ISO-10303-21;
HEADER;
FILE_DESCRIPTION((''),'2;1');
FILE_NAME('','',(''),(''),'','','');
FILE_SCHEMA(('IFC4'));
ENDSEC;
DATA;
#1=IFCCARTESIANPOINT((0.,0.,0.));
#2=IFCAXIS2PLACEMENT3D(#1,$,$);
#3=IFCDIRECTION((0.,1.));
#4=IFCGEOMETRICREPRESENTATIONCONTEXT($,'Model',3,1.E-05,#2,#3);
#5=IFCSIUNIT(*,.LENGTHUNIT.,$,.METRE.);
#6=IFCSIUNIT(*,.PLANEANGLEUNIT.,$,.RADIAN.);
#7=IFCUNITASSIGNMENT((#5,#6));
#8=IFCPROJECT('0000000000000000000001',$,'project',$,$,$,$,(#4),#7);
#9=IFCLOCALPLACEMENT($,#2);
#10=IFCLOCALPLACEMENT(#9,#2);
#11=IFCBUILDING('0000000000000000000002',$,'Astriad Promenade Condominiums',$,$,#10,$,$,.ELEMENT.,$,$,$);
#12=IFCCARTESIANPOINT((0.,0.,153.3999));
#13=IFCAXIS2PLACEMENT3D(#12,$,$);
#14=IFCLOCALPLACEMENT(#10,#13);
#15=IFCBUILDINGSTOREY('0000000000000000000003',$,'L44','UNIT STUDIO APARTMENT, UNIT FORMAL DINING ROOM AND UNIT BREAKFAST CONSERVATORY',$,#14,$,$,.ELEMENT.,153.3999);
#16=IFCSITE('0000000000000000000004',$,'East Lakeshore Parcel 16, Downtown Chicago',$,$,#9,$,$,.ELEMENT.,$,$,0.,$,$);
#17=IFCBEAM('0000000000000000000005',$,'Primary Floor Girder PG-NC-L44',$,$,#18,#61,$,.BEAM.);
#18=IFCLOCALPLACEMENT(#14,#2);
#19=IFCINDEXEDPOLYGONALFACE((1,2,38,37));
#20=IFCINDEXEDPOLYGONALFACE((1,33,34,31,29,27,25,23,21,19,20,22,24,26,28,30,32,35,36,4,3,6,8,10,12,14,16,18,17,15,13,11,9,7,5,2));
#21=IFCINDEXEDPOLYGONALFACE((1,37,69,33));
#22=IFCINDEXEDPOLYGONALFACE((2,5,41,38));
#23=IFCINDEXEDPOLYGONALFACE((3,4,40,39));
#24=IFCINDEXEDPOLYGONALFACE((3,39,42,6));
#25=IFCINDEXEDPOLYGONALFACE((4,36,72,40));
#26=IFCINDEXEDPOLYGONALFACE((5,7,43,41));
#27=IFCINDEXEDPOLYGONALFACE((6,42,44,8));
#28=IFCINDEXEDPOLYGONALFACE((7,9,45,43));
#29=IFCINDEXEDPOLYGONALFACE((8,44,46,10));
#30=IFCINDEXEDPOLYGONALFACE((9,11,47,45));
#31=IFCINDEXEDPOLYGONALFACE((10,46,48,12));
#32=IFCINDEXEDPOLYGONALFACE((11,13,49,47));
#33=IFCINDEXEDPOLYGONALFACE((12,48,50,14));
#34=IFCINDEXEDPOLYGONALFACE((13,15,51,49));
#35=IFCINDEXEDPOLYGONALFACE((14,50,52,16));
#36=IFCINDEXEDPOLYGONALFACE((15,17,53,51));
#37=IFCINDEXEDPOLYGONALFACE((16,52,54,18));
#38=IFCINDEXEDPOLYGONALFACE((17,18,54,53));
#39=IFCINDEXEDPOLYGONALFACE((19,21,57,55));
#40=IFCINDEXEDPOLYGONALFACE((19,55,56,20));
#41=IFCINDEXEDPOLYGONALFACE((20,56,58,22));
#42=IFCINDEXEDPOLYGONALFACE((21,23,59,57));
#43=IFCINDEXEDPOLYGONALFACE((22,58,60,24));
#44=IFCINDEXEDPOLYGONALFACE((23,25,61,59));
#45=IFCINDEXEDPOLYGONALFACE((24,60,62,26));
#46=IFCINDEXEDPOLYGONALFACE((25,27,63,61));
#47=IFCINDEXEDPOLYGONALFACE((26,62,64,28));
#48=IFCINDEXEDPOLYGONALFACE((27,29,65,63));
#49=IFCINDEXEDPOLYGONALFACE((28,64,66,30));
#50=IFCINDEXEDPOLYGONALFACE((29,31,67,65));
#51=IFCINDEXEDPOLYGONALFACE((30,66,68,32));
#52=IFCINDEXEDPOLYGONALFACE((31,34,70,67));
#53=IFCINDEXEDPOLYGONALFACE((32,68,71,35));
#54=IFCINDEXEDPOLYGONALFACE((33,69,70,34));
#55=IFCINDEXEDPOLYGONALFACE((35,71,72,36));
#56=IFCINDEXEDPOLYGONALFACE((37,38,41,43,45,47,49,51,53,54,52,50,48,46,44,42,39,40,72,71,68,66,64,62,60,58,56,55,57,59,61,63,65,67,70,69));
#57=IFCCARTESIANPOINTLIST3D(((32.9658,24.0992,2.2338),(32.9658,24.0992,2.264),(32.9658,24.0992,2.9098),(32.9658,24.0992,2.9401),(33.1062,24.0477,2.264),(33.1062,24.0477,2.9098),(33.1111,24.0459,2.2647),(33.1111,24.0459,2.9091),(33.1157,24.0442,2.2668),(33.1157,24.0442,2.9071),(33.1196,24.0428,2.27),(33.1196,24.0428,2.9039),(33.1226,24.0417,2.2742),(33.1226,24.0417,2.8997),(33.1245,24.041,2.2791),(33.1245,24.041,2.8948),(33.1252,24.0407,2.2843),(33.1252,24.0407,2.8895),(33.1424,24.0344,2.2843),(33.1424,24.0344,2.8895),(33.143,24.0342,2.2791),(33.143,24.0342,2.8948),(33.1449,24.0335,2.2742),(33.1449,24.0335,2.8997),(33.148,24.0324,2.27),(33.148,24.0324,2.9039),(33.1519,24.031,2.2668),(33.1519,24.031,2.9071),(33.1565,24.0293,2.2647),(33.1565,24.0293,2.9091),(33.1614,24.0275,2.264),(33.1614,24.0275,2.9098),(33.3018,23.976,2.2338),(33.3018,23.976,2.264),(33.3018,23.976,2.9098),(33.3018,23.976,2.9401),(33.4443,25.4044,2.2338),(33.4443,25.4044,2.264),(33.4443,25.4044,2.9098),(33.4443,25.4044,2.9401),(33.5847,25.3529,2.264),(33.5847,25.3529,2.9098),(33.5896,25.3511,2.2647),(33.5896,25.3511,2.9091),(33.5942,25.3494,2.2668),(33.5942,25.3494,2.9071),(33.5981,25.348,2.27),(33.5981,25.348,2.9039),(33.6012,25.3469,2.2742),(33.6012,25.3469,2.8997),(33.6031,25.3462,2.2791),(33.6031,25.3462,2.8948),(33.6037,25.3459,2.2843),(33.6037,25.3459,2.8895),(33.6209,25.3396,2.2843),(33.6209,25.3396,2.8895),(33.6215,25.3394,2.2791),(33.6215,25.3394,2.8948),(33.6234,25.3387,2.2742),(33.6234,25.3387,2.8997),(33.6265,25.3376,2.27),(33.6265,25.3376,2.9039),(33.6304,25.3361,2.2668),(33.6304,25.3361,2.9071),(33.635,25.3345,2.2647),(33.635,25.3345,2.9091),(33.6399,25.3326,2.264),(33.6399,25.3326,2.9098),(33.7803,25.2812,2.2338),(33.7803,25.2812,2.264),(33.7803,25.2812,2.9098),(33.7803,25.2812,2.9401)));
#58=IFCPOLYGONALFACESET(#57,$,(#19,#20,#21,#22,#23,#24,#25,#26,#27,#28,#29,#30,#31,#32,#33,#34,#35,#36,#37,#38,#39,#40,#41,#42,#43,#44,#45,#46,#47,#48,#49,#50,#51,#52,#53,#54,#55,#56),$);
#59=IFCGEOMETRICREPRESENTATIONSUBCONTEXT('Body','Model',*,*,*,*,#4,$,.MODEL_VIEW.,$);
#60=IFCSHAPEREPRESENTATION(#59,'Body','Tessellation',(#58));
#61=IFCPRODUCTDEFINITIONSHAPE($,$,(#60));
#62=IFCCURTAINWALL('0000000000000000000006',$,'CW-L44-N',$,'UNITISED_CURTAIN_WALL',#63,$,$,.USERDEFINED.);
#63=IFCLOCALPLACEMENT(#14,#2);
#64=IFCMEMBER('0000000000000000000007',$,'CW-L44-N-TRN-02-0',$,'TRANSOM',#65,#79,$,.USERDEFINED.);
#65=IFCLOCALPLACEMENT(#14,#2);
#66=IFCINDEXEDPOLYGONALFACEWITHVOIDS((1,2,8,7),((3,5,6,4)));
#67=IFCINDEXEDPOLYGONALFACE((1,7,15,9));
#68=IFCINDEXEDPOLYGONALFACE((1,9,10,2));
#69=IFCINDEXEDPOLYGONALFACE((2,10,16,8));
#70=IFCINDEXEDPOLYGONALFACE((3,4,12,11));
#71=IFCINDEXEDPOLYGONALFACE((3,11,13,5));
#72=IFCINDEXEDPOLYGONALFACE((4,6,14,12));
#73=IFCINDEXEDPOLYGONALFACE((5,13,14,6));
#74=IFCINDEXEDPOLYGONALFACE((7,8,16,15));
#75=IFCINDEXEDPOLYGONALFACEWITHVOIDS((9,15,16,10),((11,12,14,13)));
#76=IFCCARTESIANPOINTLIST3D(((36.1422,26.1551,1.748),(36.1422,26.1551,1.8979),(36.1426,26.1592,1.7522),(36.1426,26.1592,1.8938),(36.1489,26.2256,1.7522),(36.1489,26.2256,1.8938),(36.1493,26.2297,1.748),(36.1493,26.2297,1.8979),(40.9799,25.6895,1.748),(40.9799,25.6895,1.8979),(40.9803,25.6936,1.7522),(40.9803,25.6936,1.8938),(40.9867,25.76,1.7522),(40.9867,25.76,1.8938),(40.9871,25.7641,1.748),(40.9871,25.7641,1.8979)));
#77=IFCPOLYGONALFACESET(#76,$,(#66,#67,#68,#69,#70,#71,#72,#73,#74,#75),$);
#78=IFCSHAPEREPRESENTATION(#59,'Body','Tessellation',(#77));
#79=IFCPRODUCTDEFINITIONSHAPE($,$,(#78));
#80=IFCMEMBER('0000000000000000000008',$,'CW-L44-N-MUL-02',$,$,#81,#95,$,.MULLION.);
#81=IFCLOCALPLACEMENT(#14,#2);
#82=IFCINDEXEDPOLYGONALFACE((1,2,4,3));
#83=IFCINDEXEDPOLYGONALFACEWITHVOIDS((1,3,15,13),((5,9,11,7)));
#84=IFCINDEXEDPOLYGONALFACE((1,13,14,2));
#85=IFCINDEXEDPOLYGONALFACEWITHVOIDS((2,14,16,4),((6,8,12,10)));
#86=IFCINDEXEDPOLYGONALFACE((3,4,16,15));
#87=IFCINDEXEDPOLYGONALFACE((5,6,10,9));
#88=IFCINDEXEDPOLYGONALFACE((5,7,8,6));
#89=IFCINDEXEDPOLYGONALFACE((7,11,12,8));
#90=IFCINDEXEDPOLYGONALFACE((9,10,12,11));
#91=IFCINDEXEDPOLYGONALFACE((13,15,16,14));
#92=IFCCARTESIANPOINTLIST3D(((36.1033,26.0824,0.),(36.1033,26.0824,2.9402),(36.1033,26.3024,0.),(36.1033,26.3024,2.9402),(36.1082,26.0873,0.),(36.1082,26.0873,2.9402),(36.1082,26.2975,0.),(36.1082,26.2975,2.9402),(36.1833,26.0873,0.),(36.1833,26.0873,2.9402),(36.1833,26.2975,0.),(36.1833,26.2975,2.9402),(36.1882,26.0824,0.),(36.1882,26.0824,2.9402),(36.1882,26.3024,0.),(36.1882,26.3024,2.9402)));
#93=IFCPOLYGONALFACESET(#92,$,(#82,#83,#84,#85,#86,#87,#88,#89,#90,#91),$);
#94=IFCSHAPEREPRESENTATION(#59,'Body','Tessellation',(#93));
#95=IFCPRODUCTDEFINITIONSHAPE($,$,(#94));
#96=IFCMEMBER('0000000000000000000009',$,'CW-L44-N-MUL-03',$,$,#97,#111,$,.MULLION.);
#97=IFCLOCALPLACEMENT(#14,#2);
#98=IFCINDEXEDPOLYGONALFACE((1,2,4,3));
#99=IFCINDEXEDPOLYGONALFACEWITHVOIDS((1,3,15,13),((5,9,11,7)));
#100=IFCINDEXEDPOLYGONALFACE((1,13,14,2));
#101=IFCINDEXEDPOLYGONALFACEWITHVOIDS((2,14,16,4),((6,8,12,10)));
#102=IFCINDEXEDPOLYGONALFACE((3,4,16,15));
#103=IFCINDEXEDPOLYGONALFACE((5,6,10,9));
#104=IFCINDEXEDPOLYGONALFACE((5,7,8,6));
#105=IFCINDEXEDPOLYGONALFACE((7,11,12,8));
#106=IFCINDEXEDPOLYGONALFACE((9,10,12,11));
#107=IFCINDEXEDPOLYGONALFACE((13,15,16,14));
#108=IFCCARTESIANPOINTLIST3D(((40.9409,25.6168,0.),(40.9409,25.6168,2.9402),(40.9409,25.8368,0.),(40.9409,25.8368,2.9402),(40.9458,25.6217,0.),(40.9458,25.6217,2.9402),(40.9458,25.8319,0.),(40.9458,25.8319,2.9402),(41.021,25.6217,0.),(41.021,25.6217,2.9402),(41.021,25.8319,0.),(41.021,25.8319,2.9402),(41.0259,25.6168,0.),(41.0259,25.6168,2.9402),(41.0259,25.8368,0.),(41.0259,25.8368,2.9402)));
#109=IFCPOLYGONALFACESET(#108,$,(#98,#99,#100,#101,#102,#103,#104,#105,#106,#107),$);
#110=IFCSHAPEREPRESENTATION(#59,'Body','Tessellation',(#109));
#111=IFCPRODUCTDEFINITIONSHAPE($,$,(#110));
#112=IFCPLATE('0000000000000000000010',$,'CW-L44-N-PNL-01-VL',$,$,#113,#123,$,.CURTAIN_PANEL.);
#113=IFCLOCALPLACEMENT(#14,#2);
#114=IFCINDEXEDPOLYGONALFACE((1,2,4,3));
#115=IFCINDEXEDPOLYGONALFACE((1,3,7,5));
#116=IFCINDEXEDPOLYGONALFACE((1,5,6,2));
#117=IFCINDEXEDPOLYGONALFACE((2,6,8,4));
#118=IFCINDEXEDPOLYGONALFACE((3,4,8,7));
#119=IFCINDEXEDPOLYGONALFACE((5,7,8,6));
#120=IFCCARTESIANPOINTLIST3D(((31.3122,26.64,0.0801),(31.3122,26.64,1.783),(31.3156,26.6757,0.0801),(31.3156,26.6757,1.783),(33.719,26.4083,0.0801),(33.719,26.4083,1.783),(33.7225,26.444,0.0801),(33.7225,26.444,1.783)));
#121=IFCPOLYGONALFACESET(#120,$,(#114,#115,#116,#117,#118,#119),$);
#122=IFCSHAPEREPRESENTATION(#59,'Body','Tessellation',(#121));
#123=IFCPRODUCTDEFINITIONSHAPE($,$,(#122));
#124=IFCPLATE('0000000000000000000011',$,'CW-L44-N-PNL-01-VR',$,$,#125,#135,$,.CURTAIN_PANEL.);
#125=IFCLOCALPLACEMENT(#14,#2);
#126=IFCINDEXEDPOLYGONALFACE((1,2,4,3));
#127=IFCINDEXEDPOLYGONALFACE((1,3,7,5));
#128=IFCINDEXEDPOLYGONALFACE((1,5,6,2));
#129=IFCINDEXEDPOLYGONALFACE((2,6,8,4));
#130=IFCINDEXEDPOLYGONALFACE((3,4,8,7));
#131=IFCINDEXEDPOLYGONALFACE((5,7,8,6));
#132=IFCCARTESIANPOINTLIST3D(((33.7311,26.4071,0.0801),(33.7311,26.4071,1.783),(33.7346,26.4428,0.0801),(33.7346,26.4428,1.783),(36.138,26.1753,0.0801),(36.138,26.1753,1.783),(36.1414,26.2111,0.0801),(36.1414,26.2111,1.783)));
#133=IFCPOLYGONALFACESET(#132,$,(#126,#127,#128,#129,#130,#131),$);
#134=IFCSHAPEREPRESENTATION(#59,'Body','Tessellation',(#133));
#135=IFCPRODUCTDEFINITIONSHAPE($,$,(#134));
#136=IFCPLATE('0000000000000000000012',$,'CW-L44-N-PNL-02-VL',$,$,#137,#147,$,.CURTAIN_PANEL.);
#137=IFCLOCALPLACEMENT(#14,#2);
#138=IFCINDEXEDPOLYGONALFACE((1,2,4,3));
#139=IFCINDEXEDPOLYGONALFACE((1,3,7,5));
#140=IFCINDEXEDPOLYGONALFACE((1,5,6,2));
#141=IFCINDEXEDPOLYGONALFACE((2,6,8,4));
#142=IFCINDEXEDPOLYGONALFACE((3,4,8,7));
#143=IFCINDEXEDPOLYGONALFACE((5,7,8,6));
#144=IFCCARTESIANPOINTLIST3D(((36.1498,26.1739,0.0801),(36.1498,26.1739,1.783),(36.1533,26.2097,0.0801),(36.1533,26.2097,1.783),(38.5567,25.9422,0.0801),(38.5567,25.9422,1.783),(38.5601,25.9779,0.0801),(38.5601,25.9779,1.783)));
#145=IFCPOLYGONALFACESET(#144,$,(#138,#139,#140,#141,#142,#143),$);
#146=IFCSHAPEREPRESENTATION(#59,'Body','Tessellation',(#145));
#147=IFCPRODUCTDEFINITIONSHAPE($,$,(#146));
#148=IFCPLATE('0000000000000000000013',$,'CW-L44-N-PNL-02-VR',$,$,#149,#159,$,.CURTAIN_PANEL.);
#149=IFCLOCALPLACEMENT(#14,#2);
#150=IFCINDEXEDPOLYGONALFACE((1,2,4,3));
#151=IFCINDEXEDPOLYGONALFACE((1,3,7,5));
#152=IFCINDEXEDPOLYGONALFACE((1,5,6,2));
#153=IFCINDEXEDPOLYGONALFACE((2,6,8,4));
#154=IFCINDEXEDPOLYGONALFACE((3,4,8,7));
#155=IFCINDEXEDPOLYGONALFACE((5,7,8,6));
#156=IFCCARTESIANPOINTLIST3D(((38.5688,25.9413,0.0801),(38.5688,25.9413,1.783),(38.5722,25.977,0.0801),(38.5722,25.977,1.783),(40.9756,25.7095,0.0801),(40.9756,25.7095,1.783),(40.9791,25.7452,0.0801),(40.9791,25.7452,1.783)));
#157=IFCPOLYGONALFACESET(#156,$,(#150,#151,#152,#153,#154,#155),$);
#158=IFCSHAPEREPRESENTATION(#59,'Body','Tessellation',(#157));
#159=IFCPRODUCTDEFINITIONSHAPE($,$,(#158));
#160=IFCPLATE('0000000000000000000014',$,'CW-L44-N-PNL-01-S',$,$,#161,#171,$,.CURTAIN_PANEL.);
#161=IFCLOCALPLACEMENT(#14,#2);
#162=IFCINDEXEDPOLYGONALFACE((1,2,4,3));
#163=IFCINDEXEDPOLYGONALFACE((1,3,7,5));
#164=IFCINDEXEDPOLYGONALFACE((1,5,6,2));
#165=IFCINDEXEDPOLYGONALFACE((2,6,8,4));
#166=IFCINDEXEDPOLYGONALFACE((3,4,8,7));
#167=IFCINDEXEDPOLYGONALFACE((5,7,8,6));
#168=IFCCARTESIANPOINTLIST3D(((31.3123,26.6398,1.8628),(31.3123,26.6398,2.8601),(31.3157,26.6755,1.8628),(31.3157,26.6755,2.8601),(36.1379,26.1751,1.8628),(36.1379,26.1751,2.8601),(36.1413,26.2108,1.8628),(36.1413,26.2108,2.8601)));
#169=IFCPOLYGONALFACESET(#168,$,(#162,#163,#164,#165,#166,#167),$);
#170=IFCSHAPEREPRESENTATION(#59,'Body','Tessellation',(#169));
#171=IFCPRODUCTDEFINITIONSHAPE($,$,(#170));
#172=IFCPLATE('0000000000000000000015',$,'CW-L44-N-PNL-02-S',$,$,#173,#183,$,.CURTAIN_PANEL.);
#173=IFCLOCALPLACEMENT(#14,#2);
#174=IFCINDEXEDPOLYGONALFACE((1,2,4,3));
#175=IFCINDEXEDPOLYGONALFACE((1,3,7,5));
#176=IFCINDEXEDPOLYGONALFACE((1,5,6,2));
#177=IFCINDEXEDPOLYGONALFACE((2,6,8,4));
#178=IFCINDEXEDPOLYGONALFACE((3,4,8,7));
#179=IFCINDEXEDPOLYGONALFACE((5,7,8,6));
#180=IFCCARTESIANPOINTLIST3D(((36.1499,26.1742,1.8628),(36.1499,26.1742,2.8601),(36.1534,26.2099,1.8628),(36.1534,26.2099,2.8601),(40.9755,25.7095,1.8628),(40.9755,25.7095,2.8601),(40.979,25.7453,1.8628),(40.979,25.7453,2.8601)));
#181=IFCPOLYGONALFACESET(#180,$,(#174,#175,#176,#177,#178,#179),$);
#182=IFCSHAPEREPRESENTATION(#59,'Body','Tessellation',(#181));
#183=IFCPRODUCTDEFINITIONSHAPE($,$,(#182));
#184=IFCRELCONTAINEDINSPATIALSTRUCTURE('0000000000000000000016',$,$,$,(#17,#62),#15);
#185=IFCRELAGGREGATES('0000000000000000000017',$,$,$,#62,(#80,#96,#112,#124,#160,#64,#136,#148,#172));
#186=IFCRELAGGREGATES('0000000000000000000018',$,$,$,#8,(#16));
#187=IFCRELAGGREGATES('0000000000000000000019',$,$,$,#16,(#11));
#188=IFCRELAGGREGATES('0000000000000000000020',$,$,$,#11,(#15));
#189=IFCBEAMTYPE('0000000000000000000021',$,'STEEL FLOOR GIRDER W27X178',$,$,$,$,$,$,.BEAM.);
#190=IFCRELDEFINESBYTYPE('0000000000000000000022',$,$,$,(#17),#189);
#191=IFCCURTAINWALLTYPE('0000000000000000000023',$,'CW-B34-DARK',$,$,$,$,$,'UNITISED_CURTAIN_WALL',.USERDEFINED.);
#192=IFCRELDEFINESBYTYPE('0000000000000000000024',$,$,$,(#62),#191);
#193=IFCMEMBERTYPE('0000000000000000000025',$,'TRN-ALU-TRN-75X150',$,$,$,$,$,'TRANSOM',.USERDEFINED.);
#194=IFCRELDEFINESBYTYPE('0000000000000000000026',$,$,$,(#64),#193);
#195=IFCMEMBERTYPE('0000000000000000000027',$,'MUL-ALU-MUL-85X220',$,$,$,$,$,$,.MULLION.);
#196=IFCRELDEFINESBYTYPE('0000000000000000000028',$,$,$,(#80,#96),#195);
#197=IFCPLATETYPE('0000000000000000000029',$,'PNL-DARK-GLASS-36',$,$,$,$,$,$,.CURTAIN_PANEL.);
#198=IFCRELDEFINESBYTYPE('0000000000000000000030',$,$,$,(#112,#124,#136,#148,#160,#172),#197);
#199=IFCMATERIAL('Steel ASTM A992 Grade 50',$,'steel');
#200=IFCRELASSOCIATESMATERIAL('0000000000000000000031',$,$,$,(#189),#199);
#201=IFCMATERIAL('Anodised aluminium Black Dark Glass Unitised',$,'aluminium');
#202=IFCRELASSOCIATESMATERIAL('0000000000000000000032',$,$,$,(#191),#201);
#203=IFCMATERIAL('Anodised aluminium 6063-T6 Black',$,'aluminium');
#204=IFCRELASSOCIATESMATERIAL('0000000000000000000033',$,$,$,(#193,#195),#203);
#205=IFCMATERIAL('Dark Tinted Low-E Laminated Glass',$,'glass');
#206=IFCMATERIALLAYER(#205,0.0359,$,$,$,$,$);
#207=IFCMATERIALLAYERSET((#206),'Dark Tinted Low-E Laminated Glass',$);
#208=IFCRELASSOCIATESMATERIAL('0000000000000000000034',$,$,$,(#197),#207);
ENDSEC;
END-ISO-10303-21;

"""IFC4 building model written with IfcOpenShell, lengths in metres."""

from ifc_helpers import new_model, si_unit, direction, frame, origin, origin_2d, place, context, subcontext, project, spatial, rectangle, hollow_rectangle, i_section, extrude, source, transform, mapped, material, layer, layer_set, material_profile, profile_set, type_object, type_shapes, element, aggregate, save


model = new_model("IFC4")

# Units and contexts
model_context = context("Model", 3, precision=1e-05, world=origin(), true_north=direction((0.0, 1.0)))
body_context = subcontext(model_context, "Body", "Model", "MODEL_VIEW")
ifc_project = project(units=[si_unit("LENGTHUNIT", "METRE"), si_unit("PLANEANGLEUNIT", "RADIAN")], contexts=[model_context])

# Site, building, storey
site_placement = place(None, origin())
site = spatial("IfcSite", under=ifc_project, at=site_placement, Name="East Lakeshore Parcel 16, Downtown Chicago", CompositionType="ELEMENT", RefElevation=0.0)
building_placement = place(site_placement, origin())
building = spatial("IfcBuilding", under=site, at=building_placement, Name="Astriad Promenade Condominiums", CompositionType="ELEMENT")
storey_placement = place(building_placement, frame((0.0, 0.0, 153.3999)))
storey = spatial("IfcBuildingStorey", under=building, at=storey_placement, Name="L44", Description="UNIT STUDIO APARTMENT, UNIT FORMAL DINING ROOM AND UNIT BREAKFAST CONSERVATORY", CompositionType="ELEMENT", Elevation=153.3999)

# Shared definitions
ifc_material_1 = material(Name="Steel ASTM A992 Grade 50", Category="steel")

# Beam
ifc_material_profile_1 = material_profile(ifc_material_1, i_section(OverallWidth=0.3579, OverallDepth=0.7063, WebThickness=0.0183, FlangeThickness=0.0303, FilletRadius=0.0203, at=origin_2d()), Name="W27X178")
ifc_profile_set_1 = profile_set([ifc_material_profile_1], Name="Steel ASTM A992 Grade 50")
beam_type_1 = type_object("IfcBeamType", Name="STEEL FLOOR GIRDER W27X178", PredefinedType="BEAM", material=ifc_profile_set_1)
shared_shape_1 = source(origin(), body_context, "Body", "SweptSolid", [
    extrude(i_section(OverallWidth=0.3579, OverallDepth=0.7063, WebThickness=0.0183, FlangeThickness=0.0303, FilletRadius=0.0203, at=origin_2d()), origin(), (0.0, 0.0, 1.0), 1.3901),
])
type_shapes(beam_type_1, [shared_shape_1])
beam_1_placement = place(storey_placement, frame((33.6123, 25.3428, 2.5869), z_axis=(-0.344224, -0.938888, 0.0), x_axis=(0.938888, -0.344224, 0.0)))
element("IfcBeam", 1, at=beam_1_placement, inside=storey, type_object=beam_type_1, Name="Primary Floor Girder PG-NC-L44", PredefinedType="BEAM", context=body_context, shape_type="MappedRepresentation", body=[
    mapped(shared_shape_1, transform((0.0, 0.0, 0.0), scale=1.0)),
])

# Curtain wall, members, plates
ifc_material_2 = material(Name="Anodised aluminium Black Dark Glass Unitised", Category="aluminium")
curtain_wall_type = type_object("IfcCurtainWallType", Name="CW-B34-DARK", ElementType="UNITISED_CURTAIN_WALL", PredefinedType="USERDEFINED", material=ifc_material_2)
curtain_wall_placement = place(storey_placement, origin())
curtain_wall = element("IfcCurtainWall", 2, at=curtain_wall_placement, inside=storey, type_object=curtain_wall_type, Name="CW-L44-N", ObjectType="UNITISED_CURTAIN_WALL", PredefinedType="USERDEFINED")
ifc_material_3 = material(Name="Anodised aluminium 6063-T6 Black", Category="aluminium")
ifc_material_profile_2 = material_profile(ifc_material_3, hollow_rectangle(XDim=0.075, YDim=0.1499, WallThickness=0.0042, at=origin_2d()), Name="ALU-TRN-75X150")
ifc_profile_set_2 = profile_set([ifc_material_profile_2], Name="Anodised aluminium 6063-T6 Black")
member_type_1 = type_object("IfcMemberType", Name="TRN-ALU-TRN-75X150", ElementType="TRANSOM", PredefinedType="USERDEFINED", material=ifc_profile_set_2)
shared_shape_2 = source(origin(), body_context, "Body", "SweptSolid", [
    extrude(hollow_rectangle(XDim=0.075, YDim=0.1499, WallThickness=0.0042, at=origin_2d()), origin(), (0.0, 0.0, 1.0), 4.8601),
])
type_shapes(member_type_1, [shared_shape_2])
member_1_placement = place(storey_placement, frame((36.1458, 26.1924, 1.823), z_axis=(0.995401, -0.095798, 0.0), x_axis=(0.095798, 0.995401, 0.0)))
member_1 = element("IfcMember", 3, at=member_1_placement, type_object=member_type_1, Name="CW-L44-N-TRN-02-0", ObjectType="TRANSOM", PredefinedType="USERDEFINED", context=body_context, shape_type="MappedRepresentation", body=[
    mapped(shared_shape_2, transform((0.0, 0.0, 0.0), scale=1.0)),
])
ifc_material_profile_3 = material_profile(ifc_material_3, hollow_rectangle(XDim=0.085, YDim=0.22, WallThickness=0.0049, at=origin_2d()), Name="ALU-MUL-85X220")
ifc_profile_set_3 = profile_set([ifc_material_profile_3], Name="Anodised aluminium 6063-T6 Black")
member_type_2 = type_object("IfcMemberType", Name="MUL-ALU-MUL-85X220", PredefinedType="MULLION", material=ifc_profile_set_3)
shared_shape_3 = source(origin(), body_context, "Body", "SweptSolid", [
    extrude(hollow_rectangle(XDim=0.085, YDim=0.22, WallThickness=0.0049, at=origin_2d()), origin(), (0.0, 0.0, 1.0), 2.9402),
])
type_shapes(member_type_2, [shared_shape_3])
member_2_placement = place(storey_placement, frame((36.1458, 26.1924, 0.0), z_axis=(0.0, 0.0, 1.0), x_axis=(1.0, 0.0, 0.0)))
member_2 = element("IfcMember", 4, at=member_2_placement, type_object=member_type_2, Name="CW-L44-N-MUL-02", PredefinedType="MULLION", context=body_context, shape_type="MappedRepresentation", body=[
    mapped(shared_shape_3, transform((0.0, 0.0, 0.0), scale=1.0)),
])
member_3_placement = place(storey_placement, frame((40.9834, 25.7268, 0.0), z_axis=(0.0, 0.0, 1.0), x_axis=(1.0, 0.0, 0.0)))
member_3 = element("IfcMember", 5, at=member_3_placement, type_object=member_type_2, Name="CW-L44-N-MUL-03", PredefinedType="MULLION", context=body_context, shape_type="MappedRepresentation", body=[
    mapped(shared_shape_3, transform((0.0, 0.0, 0.0), scale=1.0)),
])
ifc_material_4 = material(Name="Dark Tinted Low-E Laminated Glass", Category="glass")
ifc_layer_1 = layer(ifc_material_4, 0.0359)
ifc_layer_set_1 = layer_set([ifc_layer_1], Name="Dark Tinted Low-E Laminated Glass")
plate_type = type_object("IfcPlateType", Name="PNL-DARK-GLASS-36", PredefinedType="CURTAIN_PANEL", material=ifc_layer_set_1)
shared_shape_4 = source(origin(), body_context, "Body", "SweptSolid", [
    extrude(rectangle(XDim=2.418, YDim=0.0359, at=origin_2d()), origin(), (0.0, 0.0, 1.0), 1.7029),
])
plate_1_placement = place(storey_placement, frame((32.5173, 26.542, 0.0801), z_axis=(0.0, 0.0, 1.0), x_axis=(0.995396, -0.095846, 0.0)))
plate_1 = element("IfcPlate", 6, at=plate_1_placement, type_object=plate_type, Name="CW-L44-N-PNL-01-VL", PredefinedType="CURTAIN_PANEL", context=body_context, shape_type="MappedRepresentation", body=[
    mapped(shared_shape_4, transform((0.0, 0.0, 0.0), scale=1.0)),
])
plate_2_placement = place(storey_placement, frame((34.9363, 26.3091, 0.0801), z_axis=(0.0, 0.0, 1.0), x_axis=(0.995396, -0.095846, 0.0)))
plate_2 = element("IfcPlate", 7, at=plate_2_placement, type_object=plate_type, Name="CW-L44-N-PNL-01-VR", PredefinedType="CURTAIN_PANEL", context=body_context, shape_type="MappedRepresentation", body=[
    mapped(shared_shape_4, transform((0.0, 0.0, 0.0), scale=1.0)),
])
plate_3_placement = place(storey_placement, frame((37.355, 26.0759, 0.0801), z_axis=(0.0, 0.0, 1.0), x_axis=(0.995396, -0.095846, 0.0)))
plate_3 = element("IfcPlate", 8, at=plate_3_placement, type_object=plate_type, Name="CW-L44-N-PNL-02-VL", PredefinedType="CURTAIN_PANEL", context=body_context, shape_type="MappedRepresentation", body=[
    mapped(shared_shape_4, transform((0.0, 0.0, 0.0), scale=1.0)),
])
plate_4_placement = place(storey_placement, frame((39.7739, 25.8433, 0.0801), z_axis=(0.0, 0.0, 1.0), x_axis=(0.995396, -0.095846, 0.0)))
plate_4 = element("IfcPlate", 9, at=plate_4_placement, type_object=plate_type, Name="CW-L44-N-PNL-02-VR", PredefinedType="CURTAIN_PANEL", context=body_context, shape_type="MappedRepresentation", body=[
    mapped(shared_shape_4, transform((0.0, 0.0, 0.0), scale=1.0)),
])
shared_shape_5 = source(origin(), body_context, "Body", "SweptSolid", [
    extrude(rectangle(XDim=4.8479, YDim=0.0359, at=origin_2d()), origin(), (0.0, 0.0, 1.0), 0.9973),
])
type_shapes(plate_type, [shared_shape_4, shared_shape_5])
plate_5_placement = place(storey_placement, frame((33.7268, 26.4253, 1.8628), z_axis=(0.0, 0.0, 1.0), x_axis=(0.995396, -0.095846, 0.0)))
plate_5 = element("IfcPlate", 10, at=plate_5_placement, type_object=plate_type, Name="CW-L44-N-PNL-01-S", PredefinedType="CURTAIN_PANEL", context=body_context, shape_type="MappedRepresentation", body=[
    mapped(shared_shape_5, transform((0.0, 0.0, 0.0), scale=1.0)),
])
plate_6_placement = place(storey_placement, frame((38.5645, 25.9597, 1.8628), z_axis=(0.0, 0.0, 1.0), x_axis=(0.995396, -0.095846, 0.0)))
plate_6 = element("IfcPlate", 11, at=plate_6_placement, type_object=plate_type, Name="CW-L44-N-PNL-02-S", PredefinedType="CURTAIN_PANEL", context=body_context, shape_type="MappedRepresentation", body=[
    mapped(shared_shape_5, transform((0.0, 0.0, 0.0), scale=1.0)),
])
aggregate(curtain_wall, [member_2, member_3, plate_1, plate_2, plate_5, member_1, plate_3, plate_4, plate_6])

save(model, "model.ifc")
